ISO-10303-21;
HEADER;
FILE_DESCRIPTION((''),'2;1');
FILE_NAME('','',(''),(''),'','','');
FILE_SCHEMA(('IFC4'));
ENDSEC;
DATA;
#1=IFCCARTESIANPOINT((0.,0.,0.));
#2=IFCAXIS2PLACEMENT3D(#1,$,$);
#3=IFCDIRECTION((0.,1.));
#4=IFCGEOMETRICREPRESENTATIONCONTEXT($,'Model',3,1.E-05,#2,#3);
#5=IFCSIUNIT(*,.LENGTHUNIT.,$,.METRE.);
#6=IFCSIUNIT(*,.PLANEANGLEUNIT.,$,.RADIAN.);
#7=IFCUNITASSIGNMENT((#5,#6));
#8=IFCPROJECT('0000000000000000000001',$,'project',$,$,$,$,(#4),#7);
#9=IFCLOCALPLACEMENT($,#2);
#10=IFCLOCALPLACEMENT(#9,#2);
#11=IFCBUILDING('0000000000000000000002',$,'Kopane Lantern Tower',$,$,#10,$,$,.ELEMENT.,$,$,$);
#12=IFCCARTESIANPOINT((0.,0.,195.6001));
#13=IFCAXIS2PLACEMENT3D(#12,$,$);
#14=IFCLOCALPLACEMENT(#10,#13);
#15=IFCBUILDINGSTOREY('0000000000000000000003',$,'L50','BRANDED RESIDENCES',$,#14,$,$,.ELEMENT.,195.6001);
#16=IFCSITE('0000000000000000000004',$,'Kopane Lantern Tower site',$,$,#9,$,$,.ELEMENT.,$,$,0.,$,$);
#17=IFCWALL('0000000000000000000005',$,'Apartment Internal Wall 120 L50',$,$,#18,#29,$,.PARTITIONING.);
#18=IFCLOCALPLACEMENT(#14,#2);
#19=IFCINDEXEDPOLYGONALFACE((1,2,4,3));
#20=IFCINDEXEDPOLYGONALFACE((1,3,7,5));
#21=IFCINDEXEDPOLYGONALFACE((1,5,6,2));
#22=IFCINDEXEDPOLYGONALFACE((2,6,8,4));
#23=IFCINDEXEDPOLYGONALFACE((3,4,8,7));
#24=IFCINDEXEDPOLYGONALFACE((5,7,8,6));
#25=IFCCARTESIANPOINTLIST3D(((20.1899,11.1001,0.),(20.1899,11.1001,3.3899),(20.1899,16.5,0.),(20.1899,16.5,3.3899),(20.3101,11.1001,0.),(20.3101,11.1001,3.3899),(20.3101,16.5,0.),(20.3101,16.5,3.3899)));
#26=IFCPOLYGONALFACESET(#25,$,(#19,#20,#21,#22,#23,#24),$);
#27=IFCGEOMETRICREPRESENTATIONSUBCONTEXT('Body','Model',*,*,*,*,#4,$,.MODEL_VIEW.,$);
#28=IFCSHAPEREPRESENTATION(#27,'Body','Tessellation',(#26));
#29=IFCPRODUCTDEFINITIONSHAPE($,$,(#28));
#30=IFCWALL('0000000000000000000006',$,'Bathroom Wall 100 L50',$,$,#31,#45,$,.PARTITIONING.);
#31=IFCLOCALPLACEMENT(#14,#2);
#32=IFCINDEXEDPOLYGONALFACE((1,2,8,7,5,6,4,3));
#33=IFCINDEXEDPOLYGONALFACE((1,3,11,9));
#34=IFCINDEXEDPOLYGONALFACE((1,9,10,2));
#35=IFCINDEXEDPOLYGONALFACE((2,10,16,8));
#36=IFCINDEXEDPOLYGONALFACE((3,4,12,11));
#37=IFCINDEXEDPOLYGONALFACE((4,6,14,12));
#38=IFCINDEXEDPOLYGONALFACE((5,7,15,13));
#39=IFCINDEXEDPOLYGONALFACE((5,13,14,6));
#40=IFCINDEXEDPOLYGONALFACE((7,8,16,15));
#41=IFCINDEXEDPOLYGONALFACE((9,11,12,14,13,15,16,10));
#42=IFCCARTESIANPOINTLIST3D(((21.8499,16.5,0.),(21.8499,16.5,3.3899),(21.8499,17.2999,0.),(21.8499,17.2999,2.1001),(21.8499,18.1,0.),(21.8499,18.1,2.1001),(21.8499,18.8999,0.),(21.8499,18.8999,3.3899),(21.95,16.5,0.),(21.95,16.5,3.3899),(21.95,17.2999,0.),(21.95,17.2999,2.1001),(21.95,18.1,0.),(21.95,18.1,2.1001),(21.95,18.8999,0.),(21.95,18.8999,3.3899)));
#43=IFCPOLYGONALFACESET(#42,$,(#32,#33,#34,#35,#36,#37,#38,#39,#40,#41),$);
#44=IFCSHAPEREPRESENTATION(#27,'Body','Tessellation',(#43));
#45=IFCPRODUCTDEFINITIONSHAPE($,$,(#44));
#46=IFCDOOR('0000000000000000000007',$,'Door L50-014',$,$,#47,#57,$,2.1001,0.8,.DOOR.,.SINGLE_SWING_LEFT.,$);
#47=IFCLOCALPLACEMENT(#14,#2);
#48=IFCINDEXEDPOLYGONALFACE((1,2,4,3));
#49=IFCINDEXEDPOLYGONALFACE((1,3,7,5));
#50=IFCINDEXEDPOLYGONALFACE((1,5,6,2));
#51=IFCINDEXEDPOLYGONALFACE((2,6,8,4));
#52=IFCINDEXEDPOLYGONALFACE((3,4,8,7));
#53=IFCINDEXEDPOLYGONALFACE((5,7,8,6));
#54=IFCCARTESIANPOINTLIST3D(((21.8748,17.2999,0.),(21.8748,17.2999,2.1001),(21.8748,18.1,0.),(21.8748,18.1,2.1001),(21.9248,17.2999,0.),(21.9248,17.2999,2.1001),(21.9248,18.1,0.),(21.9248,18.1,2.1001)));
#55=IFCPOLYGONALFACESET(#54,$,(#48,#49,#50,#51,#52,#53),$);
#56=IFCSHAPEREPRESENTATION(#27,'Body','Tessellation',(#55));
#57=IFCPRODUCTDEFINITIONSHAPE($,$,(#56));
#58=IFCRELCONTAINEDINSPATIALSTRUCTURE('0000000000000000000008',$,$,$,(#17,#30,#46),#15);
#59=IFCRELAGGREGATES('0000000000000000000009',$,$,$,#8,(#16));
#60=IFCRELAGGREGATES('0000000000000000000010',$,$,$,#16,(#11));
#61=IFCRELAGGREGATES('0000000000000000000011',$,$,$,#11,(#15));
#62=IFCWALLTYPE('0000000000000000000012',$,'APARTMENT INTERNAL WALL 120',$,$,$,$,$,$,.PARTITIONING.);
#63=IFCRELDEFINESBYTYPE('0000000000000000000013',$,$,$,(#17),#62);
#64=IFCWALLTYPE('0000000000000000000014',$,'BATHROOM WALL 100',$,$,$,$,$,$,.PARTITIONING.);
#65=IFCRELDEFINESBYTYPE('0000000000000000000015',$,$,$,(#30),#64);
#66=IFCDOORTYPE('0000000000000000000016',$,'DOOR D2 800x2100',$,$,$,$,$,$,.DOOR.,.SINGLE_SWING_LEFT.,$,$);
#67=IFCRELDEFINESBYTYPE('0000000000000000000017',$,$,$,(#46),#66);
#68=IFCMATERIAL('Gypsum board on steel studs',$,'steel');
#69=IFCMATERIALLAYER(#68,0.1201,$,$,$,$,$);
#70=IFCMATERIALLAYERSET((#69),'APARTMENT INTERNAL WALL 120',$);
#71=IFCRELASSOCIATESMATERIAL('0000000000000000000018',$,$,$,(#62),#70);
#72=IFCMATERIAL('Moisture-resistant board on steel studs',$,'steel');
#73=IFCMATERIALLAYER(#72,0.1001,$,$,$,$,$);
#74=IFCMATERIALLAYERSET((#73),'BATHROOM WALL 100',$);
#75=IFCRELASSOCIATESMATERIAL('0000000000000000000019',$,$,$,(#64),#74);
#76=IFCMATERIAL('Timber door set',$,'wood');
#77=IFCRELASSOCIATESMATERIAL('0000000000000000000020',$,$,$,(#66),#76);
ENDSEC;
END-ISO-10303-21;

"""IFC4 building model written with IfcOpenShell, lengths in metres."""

from ifc_helpers import new_model, si_unit, direction, frame, frame_2d, origin, place, context, subcontext, project, spatial, rectangle, extrude, material, layer, layer_set, type_object, element, fill, save


model = new_model("IFC4")

# Units and contexts
model_context = context("Model", 3, precision=1e-05, world=origin(), true_north=direction((0.0, 1.0)))
body_context = subcontext(model_context, "Body", "Model", "MODEL_VIEW")
ifc_project = project(units=[si_unit("LENGTHUNIT", "METRE"), si_unit("PLANEANGLEUNIT", "RADIAN")], contexts=[model_context])

# Site, building, storey
site_placement = place(None, origin())
site = spatial("IfcSite", under=ifc_project, at=site_placement, Name="Kopane Lantern Tower site", CompositionType="ELEMENT", RefElevation=0.0)
building_placement = place(site_placement, origin())
building = spatial("IfcBuilding", under=site, at=building_placement, Name="Kopane Lantern Tower", CompositionType="ELEMENT")
storey_placement = place(building_placement, frame((0.0, 0.0, 195.6001)))
storey = spatial("IfcBuildingStorey", under=building, at=storey_placement, Name="L50", Description="BRANDED RESIDENCES", CompositionType="ELEMENT", Elevation=195.6001)

# Wall
ifc_material_1 = material(Name="Gypsum board on steel studs", Category="steel")
ifc_layer_1 = layer(ifc_material_1, 0.1201)
ifc_layer_set_1 = layer_set([ifc_layer_1], Name="APARTMENT INTERNAL WALL 120")
wall_type_1 = type_object("IfcWallType", Name="APARTMENT INTERNAL WALL 120", PredefinedType="PARTITIONING", material=ifc_layer_set_1)
wall_1_placement = place(storey_placement, frame((20.25, 16.5, 0.0), z_axis=(0.0, 0.0, 1.0), x_axis=(0.0, -1.0, 0.0)))
element("IfcWall", 1, at=wall_1_placement, inside=storey, type_object=wall_type_1, Name="Apartment Internal Wall 120 L50", PredefinedType="PARTITIONING", context=body_context, shape_type="SweptSolid", body=[
    extrude(rectangle(XDim=5.3999, YDim=0.1201, at=frame_2d((2.7, 0.0))), origin(), (0.0, 0.0, 1.0), 3.3899),
])

# Wall, opening, door
ifc_material_2 = material(Name="Moisture-resistant board on steel studs", Category="steel")
ifc_layer_2 = layer(ifc_material_2, 0.1001)
ifc_layer_set_2 = layer_set([ifc_layer_2], Name="BATHROOM WALL 100")
wall_type_2 = type_object("IfcWallType", Name="BATHROOM WALL 100", PredefinedType="PARTITIONING", material=ifc_layer_set_2)
wall_2_placement = place(storey_placement, frame((21.8999, 18.8999, 0.0), z_axis=(0.0, 0.0, 1.0), x_axis=(0.0, -1.0, 0.0)))
wall_2 = element("IfcWall", 2, at=wall_2_placement, inside=storey, type_object=wall_type_2, Name="Bathroom Wall 100 L50", PredefinedType="PARTITIONING", context=body_context, shape_type="SweptSolid", body=[
    extrude(rectangle(XDim=2.3999, YDim=0.1001, at=frame_2d((1.2, 0.0))), origin(), (0.0, 0.0, 1.0), 3.3899),
])
opening_placement = place(wall_2_placement, frame((0.8, 0.0, 0.0)))
opening = element("IfcOpeningElement", 3, at=opening_placement, cuts=wall_2, PredefinedType="OPENING", context=body_context, shape_type="SweptSolid", body=[
    extrude(rectangle(XDim=0.8, YDim=2.1001, at=frame_2d((0.3999, 1.05))), frame((0.0, 0.0601, 0.0), z_axis=(0.0, -1.0, 0.0), x_axis=(1.0, 0.0, 0.0)), (0.0, 0.0, 1.0), 0.1201),
])
ifc_material_3 = material(Name="Timber door set", Category="wood")
door_type = type_object("IfcDoorType", Name="DOOR D2 800x2100", OperationType="SINGLE_SWING_LEFT", PredefinedType="DOOR", material=ifc_material_3)
door_placement = place(opening_placement, origin())
door = element("IfcDoor", 4, at=door_placement, inside=storey, type_object=door_type, Name="Door L50-014", OperationType="SINGLE_SWING_LEFT", OverallHeight=2.1001, OverallWidth=0.8, PredefinedType="DOOR", context=body_context, shape_type="SweptSolid", body=[
    extrude(rectangle(XDim=0.8, YDim=2.1001, at=frame_2d((0.3999, 1.05))), frame((0.0, 0.0249, 0.0), z_axis=(0.0, -1.0, 0.0), x_axis=(1.0, 0.0, 0.0)), (0.0, 0.0, 1.0), 0.05),
])
fill(opening, door)

save(model, "model.ifc")
